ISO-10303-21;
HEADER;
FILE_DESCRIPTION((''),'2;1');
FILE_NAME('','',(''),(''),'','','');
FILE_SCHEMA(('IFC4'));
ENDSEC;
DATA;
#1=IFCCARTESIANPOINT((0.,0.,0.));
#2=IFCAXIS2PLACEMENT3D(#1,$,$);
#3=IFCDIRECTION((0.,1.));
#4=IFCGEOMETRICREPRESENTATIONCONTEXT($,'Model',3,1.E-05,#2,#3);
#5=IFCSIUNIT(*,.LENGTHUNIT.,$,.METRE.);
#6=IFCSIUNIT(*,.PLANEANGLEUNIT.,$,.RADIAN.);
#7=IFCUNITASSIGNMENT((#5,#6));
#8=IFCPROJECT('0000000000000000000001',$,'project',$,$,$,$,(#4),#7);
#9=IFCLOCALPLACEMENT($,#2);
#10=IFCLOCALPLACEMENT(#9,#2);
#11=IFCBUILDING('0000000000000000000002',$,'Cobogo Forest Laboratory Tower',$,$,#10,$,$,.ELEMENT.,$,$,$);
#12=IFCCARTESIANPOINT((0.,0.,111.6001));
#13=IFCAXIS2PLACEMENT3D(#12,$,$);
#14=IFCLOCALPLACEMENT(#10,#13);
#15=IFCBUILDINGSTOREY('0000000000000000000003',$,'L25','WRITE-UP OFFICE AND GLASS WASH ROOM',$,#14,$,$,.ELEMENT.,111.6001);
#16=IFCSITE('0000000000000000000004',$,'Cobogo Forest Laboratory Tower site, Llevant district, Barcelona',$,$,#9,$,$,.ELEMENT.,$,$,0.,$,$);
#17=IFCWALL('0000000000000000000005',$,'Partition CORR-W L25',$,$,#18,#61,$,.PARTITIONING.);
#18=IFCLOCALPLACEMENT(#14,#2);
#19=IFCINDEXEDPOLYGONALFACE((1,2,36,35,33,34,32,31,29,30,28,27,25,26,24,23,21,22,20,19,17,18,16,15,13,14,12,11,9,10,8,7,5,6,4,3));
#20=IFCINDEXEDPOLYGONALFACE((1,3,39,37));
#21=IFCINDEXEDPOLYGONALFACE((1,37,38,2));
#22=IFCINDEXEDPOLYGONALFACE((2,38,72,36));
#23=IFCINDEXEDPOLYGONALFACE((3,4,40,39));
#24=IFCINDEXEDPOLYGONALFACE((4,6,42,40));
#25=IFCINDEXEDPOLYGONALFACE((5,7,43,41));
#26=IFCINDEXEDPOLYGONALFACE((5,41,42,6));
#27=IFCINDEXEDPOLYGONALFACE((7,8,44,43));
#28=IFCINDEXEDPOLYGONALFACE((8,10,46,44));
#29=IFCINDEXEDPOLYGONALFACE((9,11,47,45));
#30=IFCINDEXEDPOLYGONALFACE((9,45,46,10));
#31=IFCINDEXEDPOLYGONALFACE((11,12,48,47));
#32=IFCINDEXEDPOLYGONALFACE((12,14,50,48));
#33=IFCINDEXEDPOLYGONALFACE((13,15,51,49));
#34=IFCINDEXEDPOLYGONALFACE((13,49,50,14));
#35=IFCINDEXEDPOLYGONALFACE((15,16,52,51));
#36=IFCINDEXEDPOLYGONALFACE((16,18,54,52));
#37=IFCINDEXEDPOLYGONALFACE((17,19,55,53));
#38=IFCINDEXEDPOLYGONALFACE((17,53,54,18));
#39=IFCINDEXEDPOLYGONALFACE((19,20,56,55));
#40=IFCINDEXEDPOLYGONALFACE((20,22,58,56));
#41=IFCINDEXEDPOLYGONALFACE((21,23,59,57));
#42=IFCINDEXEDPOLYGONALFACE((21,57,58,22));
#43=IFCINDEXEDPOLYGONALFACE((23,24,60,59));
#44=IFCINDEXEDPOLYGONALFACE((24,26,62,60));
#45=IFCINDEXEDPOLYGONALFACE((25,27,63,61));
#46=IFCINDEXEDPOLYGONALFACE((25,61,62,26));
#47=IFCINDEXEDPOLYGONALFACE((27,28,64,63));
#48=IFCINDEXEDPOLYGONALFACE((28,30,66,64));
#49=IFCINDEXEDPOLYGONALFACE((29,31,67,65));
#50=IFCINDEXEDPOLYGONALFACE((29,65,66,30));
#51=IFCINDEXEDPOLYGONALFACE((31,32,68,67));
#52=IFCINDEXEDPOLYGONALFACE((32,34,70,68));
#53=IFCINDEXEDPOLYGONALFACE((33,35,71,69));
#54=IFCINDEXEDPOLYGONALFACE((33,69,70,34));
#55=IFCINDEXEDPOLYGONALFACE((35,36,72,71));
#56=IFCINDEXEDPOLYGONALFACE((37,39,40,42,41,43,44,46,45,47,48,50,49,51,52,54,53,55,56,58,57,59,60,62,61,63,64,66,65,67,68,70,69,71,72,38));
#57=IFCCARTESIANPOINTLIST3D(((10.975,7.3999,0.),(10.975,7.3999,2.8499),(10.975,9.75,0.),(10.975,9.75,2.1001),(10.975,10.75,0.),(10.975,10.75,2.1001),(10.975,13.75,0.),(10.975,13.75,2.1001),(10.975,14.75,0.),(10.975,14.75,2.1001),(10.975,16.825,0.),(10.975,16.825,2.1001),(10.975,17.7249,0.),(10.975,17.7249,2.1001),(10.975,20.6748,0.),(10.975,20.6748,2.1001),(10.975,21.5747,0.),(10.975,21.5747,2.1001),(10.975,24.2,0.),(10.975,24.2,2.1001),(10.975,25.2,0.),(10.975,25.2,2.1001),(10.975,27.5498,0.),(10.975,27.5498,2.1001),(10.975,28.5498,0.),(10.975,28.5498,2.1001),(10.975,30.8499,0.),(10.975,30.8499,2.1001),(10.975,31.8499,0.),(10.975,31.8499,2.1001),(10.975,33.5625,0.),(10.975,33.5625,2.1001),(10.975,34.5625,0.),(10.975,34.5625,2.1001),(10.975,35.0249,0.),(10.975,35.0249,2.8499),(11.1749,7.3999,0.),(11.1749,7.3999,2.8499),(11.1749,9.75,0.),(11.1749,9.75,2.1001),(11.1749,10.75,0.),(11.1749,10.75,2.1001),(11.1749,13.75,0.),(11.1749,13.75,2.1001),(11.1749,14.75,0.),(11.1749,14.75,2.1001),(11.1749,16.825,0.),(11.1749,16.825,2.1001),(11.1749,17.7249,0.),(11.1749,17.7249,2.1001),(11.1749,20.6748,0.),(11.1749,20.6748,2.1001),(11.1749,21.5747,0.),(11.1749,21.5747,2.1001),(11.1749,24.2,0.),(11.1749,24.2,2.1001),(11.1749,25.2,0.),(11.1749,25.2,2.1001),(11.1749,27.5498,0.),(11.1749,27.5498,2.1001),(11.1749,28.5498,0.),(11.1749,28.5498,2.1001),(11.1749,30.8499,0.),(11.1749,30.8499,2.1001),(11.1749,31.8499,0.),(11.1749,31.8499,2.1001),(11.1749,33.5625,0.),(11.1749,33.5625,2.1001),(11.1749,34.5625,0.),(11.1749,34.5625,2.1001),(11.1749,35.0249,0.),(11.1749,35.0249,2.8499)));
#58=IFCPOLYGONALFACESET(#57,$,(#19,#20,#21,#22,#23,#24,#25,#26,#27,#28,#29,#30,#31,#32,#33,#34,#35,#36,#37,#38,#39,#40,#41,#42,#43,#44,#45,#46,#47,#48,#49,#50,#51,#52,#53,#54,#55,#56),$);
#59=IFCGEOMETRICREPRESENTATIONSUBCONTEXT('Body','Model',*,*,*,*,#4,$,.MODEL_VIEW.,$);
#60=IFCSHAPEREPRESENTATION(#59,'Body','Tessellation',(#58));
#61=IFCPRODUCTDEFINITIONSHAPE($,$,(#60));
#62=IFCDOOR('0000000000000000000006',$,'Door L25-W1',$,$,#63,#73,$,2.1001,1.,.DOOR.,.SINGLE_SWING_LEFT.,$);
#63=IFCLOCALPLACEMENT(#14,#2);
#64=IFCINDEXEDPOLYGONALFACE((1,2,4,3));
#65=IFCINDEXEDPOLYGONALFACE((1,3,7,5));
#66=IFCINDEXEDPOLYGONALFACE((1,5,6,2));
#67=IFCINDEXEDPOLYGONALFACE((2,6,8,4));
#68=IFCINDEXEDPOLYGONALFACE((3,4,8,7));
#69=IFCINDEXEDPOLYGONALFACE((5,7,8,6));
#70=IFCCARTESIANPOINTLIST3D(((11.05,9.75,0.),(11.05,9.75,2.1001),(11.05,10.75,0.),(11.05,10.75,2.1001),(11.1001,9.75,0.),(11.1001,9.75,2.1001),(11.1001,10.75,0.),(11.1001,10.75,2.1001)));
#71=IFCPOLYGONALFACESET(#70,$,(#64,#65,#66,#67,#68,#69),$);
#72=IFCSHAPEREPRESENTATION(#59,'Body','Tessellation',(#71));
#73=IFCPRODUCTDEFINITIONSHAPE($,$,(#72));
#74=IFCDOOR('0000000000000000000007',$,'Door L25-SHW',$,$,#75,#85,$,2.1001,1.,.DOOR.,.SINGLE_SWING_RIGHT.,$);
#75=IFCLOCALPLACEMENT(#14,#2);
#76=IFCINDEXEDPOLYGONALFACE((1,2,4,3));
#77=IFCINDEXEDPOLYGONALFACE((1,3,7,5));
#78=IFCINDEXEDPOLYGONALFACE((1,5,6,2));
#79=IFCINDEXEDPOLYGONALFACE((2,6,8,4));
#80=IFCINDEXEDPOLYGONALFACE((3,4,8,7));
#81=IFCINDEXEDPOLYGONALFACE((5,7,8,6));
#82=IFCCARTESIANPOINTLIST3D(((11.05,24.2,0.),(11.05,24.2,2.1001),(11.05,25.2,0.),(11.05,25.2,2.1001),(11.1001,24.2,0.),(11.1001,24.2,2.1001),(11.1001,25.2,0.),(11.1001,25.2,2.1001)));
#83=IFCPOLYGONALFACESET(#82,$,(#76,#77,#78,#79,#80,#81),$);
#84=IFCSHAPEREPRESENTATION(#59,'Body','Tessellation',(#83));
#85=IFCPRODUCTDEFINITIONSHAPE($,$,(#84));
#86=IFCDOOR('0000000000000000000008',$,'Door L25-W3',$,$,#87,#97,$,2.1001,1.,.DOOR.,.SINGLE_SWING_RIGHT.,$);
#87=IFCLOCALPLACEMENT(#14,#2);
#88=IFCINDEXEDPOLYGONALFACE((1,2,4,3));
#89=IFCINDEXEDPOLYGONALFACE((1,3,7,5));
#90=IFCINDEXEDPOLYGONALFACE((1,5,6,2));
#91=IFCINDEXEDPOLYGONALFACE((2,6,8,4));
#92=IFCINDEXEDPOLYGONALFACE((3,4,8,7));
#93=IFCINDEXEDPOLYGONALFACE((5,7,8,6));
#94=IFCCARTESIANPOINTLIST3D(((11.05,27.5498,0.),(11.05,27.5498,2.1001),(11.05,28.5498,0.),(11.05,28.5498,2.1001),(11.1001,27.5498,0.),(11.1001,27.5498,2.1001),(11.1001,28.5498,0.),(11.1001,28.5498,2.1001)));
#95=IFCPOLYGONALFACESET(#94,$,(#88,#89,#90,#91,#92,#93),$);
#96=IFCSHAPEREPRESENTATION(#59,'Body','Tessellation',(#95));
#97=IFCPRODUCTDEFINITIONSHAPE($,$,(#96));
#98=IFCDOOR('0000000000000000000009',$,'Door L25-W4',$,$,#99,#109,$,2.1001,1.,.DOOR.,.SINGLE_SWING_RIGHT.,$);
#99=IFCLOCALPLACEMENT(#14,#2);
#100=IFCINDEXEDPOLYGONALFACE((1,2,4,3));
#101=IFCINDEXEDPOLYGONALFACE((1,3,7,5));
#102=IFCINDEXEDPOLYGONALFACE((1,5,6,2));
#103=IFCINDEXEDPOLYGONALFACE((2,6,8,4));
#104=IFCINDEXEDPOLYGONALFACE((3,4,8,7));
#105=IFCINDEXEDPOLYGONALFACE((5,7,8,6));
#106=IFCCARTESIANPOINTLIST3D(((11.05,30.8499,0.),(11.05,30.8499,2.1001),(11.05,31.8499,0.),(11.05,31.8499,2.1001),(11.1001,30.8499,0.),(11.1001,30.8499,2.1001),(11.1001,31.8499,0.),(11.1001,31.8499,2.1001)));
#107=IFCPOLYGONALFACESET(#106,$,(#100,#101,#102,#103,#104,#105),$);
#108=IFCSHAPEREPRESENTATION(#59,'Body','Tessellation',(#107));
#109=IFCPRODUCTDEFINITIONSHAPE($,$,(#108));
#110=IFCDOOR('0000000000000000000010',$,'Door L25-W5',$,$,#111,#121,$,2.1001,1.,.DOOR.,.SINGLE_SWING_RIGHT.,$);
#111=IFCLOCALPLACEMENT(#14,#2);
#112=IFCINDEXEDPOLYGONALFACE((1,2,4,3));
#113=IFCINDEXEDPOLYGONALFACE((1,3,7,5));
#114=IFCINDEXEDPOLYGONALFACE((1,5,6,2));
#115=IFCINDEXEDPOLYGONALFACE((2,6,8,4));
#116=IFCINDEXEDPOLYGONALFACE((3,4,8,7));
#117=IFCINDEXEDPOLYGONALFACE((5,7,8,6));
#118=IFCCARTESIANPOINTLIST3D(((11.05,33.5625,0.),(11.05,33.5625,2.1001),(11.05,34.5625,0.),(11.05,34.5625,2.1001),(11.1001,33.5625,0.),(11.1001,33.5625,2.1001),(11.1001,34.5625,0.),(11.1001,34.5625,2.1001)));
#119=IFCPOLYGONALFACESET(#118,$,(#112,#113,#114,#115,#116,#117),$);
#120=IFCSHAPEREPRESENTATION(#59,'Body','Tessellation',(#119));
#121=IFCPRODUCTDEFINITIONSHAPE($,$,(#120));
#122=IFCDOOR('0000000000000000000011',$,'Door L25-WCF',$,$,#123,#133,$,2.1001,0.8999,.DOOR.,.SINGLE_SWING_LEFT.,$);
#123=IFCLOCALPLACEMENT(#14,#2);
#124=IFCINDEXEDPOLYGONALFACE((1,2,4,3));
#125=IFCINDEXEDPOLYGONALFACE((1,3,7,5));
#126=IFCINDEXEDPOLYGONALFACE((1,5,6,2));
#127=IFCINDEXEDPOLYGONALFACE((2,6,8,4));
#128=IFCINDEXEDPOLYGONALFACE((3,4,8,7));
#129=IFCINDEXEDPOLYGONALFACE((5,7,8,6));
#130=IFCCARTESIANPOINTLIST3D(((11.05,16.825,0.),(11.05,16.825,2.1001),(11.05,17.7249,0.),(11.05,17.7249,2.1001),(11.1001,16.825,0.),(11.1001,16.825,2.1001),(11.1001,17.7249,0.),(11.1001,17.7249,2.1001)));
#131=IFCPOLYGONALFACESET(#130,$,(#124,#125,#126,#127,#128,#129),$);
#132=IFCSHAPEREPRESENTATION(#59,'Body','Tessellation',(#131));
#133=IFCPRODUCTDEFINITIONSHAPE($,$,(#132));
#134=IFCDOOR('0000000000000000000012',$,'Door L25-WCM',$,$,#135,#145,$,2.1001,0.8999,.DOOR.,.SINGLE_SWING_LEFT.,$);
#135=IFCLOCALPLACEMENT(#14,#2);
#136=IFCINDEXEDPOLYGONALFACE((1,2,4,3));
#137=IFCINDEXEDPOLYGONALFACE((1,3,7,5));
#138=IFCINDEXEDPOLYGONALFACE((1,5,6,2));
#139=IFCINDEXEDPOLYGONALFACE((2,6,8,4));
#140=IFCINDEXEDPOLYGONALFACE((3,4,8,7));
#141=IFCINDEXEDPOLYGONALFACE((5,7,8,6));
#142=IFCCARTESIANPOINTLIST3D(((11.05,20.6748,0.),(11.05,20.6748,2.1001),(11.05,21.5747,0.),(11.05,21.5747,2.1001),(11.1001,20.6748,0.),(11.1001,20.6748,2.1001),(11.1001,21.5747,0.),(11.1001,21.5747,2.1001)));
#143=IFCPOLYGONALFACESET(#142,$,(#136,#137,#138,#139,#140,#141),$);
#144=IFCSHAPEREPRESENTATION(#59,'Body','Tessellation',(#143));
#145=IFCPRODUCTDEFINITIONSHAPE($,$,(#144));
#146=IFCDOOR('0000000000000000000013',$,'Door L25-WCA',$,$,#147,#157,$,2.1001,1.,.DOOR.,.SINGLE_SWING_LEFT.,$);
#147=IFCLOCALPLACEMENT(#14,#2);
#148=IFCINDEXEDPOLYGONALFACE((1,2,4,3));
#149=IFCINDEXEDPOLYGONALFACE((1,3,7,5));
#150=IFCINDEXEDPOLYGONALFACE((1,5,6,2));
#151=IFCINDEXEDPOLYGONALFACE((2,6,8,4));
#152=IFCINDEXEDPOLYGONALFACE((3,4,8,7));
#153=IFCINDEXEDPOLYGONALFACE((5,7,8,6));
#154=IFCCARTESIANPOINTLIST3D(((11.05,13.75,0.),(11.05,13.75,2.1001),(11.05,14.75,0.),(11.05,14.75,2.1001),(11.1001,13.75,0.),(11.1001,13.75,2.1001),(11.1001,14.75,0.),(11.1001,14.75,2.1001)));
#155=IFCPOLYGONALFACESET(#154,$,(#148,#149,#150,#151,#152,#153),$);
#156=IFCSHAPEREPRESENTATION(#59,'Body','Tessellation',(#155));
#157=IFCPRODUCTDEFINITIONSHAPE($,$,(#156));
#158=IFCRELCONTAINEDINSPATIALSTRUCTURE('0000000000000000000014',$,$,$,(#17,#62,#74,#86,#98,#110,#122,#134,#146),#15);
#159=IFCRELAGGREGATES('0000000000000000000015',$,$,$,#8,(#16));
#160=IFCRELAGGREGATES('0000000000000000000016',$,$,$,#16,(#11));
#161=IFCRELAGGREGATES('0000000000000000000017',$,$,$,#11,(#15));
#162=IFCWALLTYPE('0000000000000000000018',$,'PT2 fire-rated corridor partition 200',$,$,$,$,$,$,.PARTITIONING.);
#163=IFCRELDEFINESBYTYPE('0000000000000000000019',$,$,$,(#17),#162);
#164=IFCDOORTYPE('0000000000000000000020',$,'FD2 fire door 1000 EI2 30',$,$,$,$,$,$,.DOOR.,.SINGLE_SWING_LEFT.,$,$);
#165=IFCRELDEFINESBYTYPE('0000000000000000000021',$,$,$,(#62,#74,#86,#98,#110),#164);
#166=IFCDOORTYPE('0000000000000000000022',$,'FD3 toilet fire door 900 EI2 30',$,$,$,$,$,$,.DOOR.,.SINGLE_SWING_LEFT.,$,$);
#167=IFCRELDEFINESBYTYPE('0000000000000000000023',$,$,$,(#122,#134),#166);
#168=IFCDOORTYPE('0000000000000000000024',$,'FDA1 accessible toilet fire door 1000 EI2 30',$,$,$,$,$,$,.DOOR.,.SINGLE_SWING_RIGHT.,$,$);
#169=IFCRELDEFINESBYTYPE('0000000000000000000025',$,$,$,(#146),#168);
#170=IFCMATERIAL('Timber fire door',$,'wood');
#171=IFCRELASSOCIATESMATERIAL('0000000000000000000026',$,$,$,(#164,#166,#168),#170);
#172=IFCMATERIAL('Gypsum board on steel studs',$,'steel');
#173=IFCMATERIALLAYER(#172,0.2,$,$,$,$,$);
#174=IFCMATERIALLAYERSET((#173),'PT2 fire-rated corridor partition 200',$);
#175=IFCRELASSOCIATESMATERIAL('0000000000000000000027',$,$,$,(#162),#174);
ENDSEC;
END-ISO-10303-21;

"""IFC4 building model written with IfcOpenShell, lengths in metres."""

from ifc_helpers import new_model, si_unit, direction, frame, frame_2d, origin, place, context, subcontext, project, spatial, rectangle, extrude, material, layer, layer_set, type_object, element, fill, save


model = new_model("IFC4")

# Units and contexts
model_context = context("Model", 3, precision=1e-05, world=origin(), true_north=direction((0.0, 1.0)))
body_context = subcontext(model_context, "Body", "Model", "MODEL_VIEW")
ifc_project = project(units=[si_unit("LENGTHUNIT", "METRE"), si_unit("PLANEANGLEUNIT", "RADIAN")], contexts=[model_context])

# Site, building, storey
site_placement = place(None, origin())
site = spatial("IfcSite", under=ifc_project, at=site_placement, Name="Cobogo Forest Laboratory Tower site, Llevant district, Barcelona", CompositionType="ELEMENT", RefElevation=0.0)
building_placement = place(site_placement, origin())
building = spatial("IfcBuilding", under=site, at=building_placement, Name="Cobogo Forest Laboratory Tower", CompositionType="ELEMENT")
storey_placement = place(building_placement, frame((0.0, 0.0, 111.6001)))
storey = spatial("IfcBuildingStorey", under=building, at=storey_placement, Name="L25", Description="WRITE-UP OFFICE AND GLASS WASH ROOM", CompositionType="ELEMENT", Elevation=111.6001)

# Shared definitions
ifc_material_1 = material(Name="Gypsum board on steel studs", Category="steel")
ifc_material_2 = material(Name="Timber fire door", Category="wood")
door_type_1 = type_object("IfcDoorType", Name="FD2 fire door 1000 EI2 30", OperationType="SINGLE_SWING_LEFT", PredefinedType="DOOR", material=ifc_material_2)

# Wall, openings, doors
ifc_layer_1 = layer(ifc_material_1, 0.2)
ifc_layer_set_1 = layer_set([ifc_layer_1], Name="PT2 fire-rated corridor partition 200")
wall_type_1 = type_object("IfcWallType", Name="PT2 fire-rated corridor partition 200", PredefinedType="PARTITIONING", material=ifc_layer_set_1)
wall_1_placement = place(storey_placement, frame((11.075, 7.3999, 0.0), z_axis=(0.0, 0.0, 1.0), x_axis=(0.0, 1.0, 0.0)))
wall_1 = element("IfcWall", 1, at=wall_1_placement, inside=storey, type_object=wall_type_1, Name="Partition CORR-W L25", PredefinedType="PARTITIONING", context=body_context, shape_type="SweptSolid", body=[
    extrude(rectangle(XDim=27.625, YDim=0.2, at=frame_2d((13.8125, 0.0))), origin(), (0.0, 0.0, 1.0), 2.8499),
])
opening_1_placement = place(wall_1_placement, frame((2.3501, 0.0, 0.0)))
opening_1 = element("IfcOpeningElement", 2, at=opening_1_placement, cuts=wall_1, PredefinedType="OPENING", context=body_context, shape_type="SweptSolid", body=[
    extrude(rectangle(XDim=1.0, YDim=2.1001, at=frame_2d((0.5, 1.05))), frame((0.0, 0.1099, 0.0), z_axis=(0.0, -1.0, 0.0), x_axis=(1.0, 0.0, 0.0)), (0.0, 0.0, 1.0), 0.22),
])
opening_2_placement = place(wall_1_placement, frame((6.3501, 0.0, 0.0)))
opening_2 = element("IfcOpeningElement", 3, at=opening_2_placement, cuts=wall_1, PredefinedType="OPENING", context=body_context, shape_type="SweptSolid", body=[
    extrude(rectangle(XDim=1.0, YDim=2.1001, at=frame_2d((0.5, 1.05))), frame((0.0, 0.1099, 0.0), z_axis=(0.0, -1.0, 0.0), x_axis=(1.0, 0.0, 0.0)), (0.0, 0.0, 1.0), 0.22),
])
opening_3_placement = place(wall_1_placement, frame((9.425, 0.0, 0.0)))
opening_3 = element("IfcOpeningElement", 4, at=opening_3_placement, cuts=wall_1, PredefinedType="OPENING", context=body_context, shape_type="SweptSolid", body=[
    extrude(rectangle(XDim=0.8999, YDim=2.1001, at=frame_2d((0.45, 1.05))), frame((0.0, 0.1099, 0.0), z_axis=(0.0, -1.0, 0.0), x_axis=(1.0, 0.0, 0.0)), (0.0, 0.0, 1.0), 0.22),
])
opening_4_placement = place(wall_1_placement, frame((13.2749, 0.0, 0.0)))
opening_4 = element("IfcOpeningElement", 5, at=opening_4_placement, cuts=wall_1, PredefinedType="OPENING", context=body_context, shape_type="SweptSolid", body=[
    extrude(rectangle(XDim=0.8999, YDim=2.1001, at=frame_2d((0.45, 1.05))), frame((0.0, 0.1099, 0.0), z_axis=(0.0, -1.0, 0.0), x_axis=(1.0, 0.0, 0.0)), (0.0, 0.0, 1.0), 0.22),
])
opening_5_placement = place(wall_1_placement, frame((16.8, 0.0, 0.0)))
opening_5 = element("IfcOpeningElement", 6, at=opening_5_placement, cuts=wall_1, PredefinedType="OPENING", context=body_context, shape_type="SweptSolid", body=[
    extrude(rectangle(XDim=1.0, YDim=2.1001, at=frame_2d((0.5, 1.05))), frame((0.0, 0.1099, 0.0), z_axis=(0.0, -1.0, 0.0), x_axis=(1.0, 0.0, 0.0)), (0.0, 0.0, 1.0), 0.22),
])
opening_6_placement = place(wall_1_placement, frame((20.1499, 0.0, 0.0)))
opening_6 = element("IfcOpeningElement", 7, at=opening_6_placement, cuts=wall_1, PredefinedType="OPENING", context=body_context, shape_type="SweptSolid", body=[
    extrude(rectangle(XDim=1.0, YDim=2.1001, at=frame_2d((0.5, 1.05))), frame((0.0, 0.1099, 0.0), z_axis=(0.0, -1.0, 0.0), x_axis=(1.0, 0.0, 0.0)), (0.0, 0.0, 1.0), 0.22),
])
opening_7_placement = place(wall_1_placement, frame((23.45, 0.0, 0.0)))
opening_7 = element("IfcOpeningElement", 8, at=opening_7_placement, cuts=wall_1, PredefinedType="OPENING", context=body_context, shape_type="SweptSolid", body=[
    extrude(rectangle(XDim=1.0, YDim=2.1001, at=frame_2d((0.5, 1.05))), frame((0.0, 0.1099, 0.0), z_axis=(0.0, -1.0, 0.0), x_axis=(1.0, 0.0, 0.0)), (0.0, 0.0, 1.0), 0.22),
])
opening_8_placement = place(wall_1_placement, frame((26.1626, 0.0, 0.0)))
opening_8 = element("IfcOpeningElement", 9, at=opening_8_placement, cuts=wall_1, PredefinedType="OPENING", context=body_context, shape_type="SweptSolid", body=[
    extrude(rectangle(XDim=1.0, YDim=2.1001, at=frame_2d((0.5, 1.05))), frame((0.0, 0.1099, 0.0), z_axis=(0.0, -1.0, 0.0), x_axis=(1.0, 0.0, 0.0)), (0.0, 0.0, 1.0), 0.22),
])
door_1_placement = place(opening_1_placement, origin())
door_1 = element("IfcDoor", 10, at=door_1_placement, inside=storey, type_object=door_type_1, Name="Door L25-W1", OperationType="SINGLE_SWING_LEFT", OverallHeight=2.1001, OverallWidth=1.0, PredefinedType="DOOR", context=body_context, shape_type="SweptSolid", body=[
    extrude(rectangle(XDim=1.0, YDim=2.1001, at=frame_2d((0.5, 1.05))), frame((0.0, 0.0249, 0.0), z_axis=(0.0, -1.0, 0.0), x_axis=(1.0, 0.0, 0.0)), (0.0, 0.0, 1.0), 0.05),
])
fill(opening_1, door_1)
door_2_placement = place(opening_5_placement, origin())
door_2 = element("IfcDoor", 11, at=door_2_placement, inside=storey, type_object=door_type_1, Name="Door L25-SHW", OperationType="SINGLE_SWING_RIGHT", OverallHeight=2.1001, OverallWidth=1.0, PredefinedType="DOOR", context=body_context, shape_type="SweptSolid", body=[
    extrude(rectangle(XDim=1.0, YDim=2.1001, at=frame_2d((0.5, 1.05))), frame((0.0, 0.0249, 0.0), z_axis=(0.0, -1.0, 0.0), x_axis=(1.0, 0.0, 0.0)), (0.0, 0.0, 1.0), 0.05),
])
fill(opening_5, door_2)
door_3_placement = place(opening_6_placement, origin())
door_3 = element("IfcDoor", 12, at=door_3_placement, inside=storey, type_object=door_type_1, Name="Door L25-W3", OperationType="SINGLE_SWING_RIGHT", OverallHeight=2.1001, OverallWidth=1.0, PredefinedType="DOOR", context=body_context, shape_type="SweptSolid", body=[
    extrude(rectangle(XDim=1.0, YDim=2.1001, at=frame_2d((0.5, 1.05))), frame((0.0, 0.0249, 0.0), z_axis=(0.0, -1.0, 0.0), x_axis=(1.0, 0.0, 0.0)), (0.0, 0.0, 1.0), 0.05),
])
fill(opening_6, door_3)
door_4_placement = place(opening_7_placement, origin())
door_4 = element("IfcDoor", 13, at=door_4_placement, inside=storey, type_object=door_type_1, Name="Door L25-W4", OperationType="SINGLE_SWING_RIGHT", OverallHeight=2.1001, OverallWidth=1.0, PredefinedType="DOOR", context=body_context, shape_type="SweptSolid", body=[
    extrude(rectangle(XDim=1.0, YDim=2.1001, at=frame_2d((0.5, 1.05))), frame((0.0, 0.0249, 0.0), z_axis=(0.0, -1.0, 0.0), x_axis=(1.0, 0.0, 0.0)), (0.0, 0.0, 1.0), 0.05),
])
fill(opening_7, door_4)
door_5_placement = place(opening_8_placement, origin())
door_5 = element("IfcDoor", 14, at=door_5_placement, inside=storey, type_object=door_type_1, Name="Door L25-W5", OperationType="SINGLE_SWING_RIGHT", OverallHeight=2.1001, OverallWidth=1.0, PredefinedType="DOOR", context=body_context, shape_type="SweptSolid", body=[
    extrude(rectangle(XDim=1.0, YDim=2.1001, at=frame_2d((0.5, 1.05))), frame((0.0, 0.0249, 0.0), z_axis=(0.0, -1.0, 0.0), x_axis=(1.0, 0.0, 0.0)), (0.0, 0.0, 1.0), 0.05),
])
fill(opening_8, door_5)
door_type_2 = type_object("IfcDoorType", Name="FD3 toilet fire door 900 EI2 30", OperationType="SINGLE_SWING_LEFT", PredefinedType="DOOR", material=ifc_material_2)
door_6_placement = place(opening_3_placement, origin())
door_6 = element("IfcDoor", 15, at=door_6_placement, inside=storey, type_object=door_type_2, Name="Door L25-WCF", OperationType="SINGLE_SWING_LEFT", OverallHeight=2.1001, OverallWidth=0.8999, PredefinedType="DOOR", context=body_context, shape_type="SweptSolid", body=[
    extrude(rectangle(XDim=0.8999, YDim=2.1001, at=frame_2d((0.45, 1.05))), frame((0.0, 0.0249, 0.0), z_axis=(0.0, -1.0, 0.0), x_axis=(1.0, 0.0, 0.0)), (0.0, 0.0, 1.0), 0.05),
])
fill(opening_3, door_6)
door_7_placement = place(opening_4_placement, origin())
door_7 = element("IfcDoor", 16, at=door_7_placement, inside=storey, type_object=door_type_2, Name="Door L25-WCM", OperationType="SINGLE_SWING_LEFT", OverallHeight=2.1001, OverallWidth=0.8999, PredefinedType="DOOR", context=body_context, shape_type="SweptSolid", body=[
    extrude(rectangle(XDim=0.8999, YDim=2.1001, at=frame_2d((0.45, 1.05))), frame((0.0, 0.0249, 0.0), z_axis=(0.0, -1.0, 0.0), x_axis=(1.0, 0.0, 0.0)), (0.0, 0.0, 1.0), 0.05),
])
fill(opening_4, door_7)
door_type_3 = type_object("IfcDoorType", Name="FDA1 accessible toilet fire door 1000 EI2 30", OperationType="SINGLE_SWING_RIGHT", PredefinedType="DOOR", material=ifc_material_2)
door_8_placement = place(opening_2_placement, origin())
door_8 = element("IfcDoor", 17, at=door_8_placement, inside=storey, type_object=door_type_3, Name="Door L25-WCA", OperationType="SINGLE_SWING_LEFT", OverallHeight=2.1001, OverallWidth=1.0, PredefinedType="DOOR", context=body_context, shape_type="SweptSolid", body=[
    extrude(rectangle(XDim=1.0, YDim=2.1001, at=frame_2d((0.5, 1.05))), frame((0.0, 0.0249, 0.0), z_axis=(0.0, -1.0, 0.0), x_axis=(1.0, 0.0, 0.0)), (0.0, 0.0, 1.0), 0.05),
])
fill(opening_2, door_8)

save(model, "model.ifc")
